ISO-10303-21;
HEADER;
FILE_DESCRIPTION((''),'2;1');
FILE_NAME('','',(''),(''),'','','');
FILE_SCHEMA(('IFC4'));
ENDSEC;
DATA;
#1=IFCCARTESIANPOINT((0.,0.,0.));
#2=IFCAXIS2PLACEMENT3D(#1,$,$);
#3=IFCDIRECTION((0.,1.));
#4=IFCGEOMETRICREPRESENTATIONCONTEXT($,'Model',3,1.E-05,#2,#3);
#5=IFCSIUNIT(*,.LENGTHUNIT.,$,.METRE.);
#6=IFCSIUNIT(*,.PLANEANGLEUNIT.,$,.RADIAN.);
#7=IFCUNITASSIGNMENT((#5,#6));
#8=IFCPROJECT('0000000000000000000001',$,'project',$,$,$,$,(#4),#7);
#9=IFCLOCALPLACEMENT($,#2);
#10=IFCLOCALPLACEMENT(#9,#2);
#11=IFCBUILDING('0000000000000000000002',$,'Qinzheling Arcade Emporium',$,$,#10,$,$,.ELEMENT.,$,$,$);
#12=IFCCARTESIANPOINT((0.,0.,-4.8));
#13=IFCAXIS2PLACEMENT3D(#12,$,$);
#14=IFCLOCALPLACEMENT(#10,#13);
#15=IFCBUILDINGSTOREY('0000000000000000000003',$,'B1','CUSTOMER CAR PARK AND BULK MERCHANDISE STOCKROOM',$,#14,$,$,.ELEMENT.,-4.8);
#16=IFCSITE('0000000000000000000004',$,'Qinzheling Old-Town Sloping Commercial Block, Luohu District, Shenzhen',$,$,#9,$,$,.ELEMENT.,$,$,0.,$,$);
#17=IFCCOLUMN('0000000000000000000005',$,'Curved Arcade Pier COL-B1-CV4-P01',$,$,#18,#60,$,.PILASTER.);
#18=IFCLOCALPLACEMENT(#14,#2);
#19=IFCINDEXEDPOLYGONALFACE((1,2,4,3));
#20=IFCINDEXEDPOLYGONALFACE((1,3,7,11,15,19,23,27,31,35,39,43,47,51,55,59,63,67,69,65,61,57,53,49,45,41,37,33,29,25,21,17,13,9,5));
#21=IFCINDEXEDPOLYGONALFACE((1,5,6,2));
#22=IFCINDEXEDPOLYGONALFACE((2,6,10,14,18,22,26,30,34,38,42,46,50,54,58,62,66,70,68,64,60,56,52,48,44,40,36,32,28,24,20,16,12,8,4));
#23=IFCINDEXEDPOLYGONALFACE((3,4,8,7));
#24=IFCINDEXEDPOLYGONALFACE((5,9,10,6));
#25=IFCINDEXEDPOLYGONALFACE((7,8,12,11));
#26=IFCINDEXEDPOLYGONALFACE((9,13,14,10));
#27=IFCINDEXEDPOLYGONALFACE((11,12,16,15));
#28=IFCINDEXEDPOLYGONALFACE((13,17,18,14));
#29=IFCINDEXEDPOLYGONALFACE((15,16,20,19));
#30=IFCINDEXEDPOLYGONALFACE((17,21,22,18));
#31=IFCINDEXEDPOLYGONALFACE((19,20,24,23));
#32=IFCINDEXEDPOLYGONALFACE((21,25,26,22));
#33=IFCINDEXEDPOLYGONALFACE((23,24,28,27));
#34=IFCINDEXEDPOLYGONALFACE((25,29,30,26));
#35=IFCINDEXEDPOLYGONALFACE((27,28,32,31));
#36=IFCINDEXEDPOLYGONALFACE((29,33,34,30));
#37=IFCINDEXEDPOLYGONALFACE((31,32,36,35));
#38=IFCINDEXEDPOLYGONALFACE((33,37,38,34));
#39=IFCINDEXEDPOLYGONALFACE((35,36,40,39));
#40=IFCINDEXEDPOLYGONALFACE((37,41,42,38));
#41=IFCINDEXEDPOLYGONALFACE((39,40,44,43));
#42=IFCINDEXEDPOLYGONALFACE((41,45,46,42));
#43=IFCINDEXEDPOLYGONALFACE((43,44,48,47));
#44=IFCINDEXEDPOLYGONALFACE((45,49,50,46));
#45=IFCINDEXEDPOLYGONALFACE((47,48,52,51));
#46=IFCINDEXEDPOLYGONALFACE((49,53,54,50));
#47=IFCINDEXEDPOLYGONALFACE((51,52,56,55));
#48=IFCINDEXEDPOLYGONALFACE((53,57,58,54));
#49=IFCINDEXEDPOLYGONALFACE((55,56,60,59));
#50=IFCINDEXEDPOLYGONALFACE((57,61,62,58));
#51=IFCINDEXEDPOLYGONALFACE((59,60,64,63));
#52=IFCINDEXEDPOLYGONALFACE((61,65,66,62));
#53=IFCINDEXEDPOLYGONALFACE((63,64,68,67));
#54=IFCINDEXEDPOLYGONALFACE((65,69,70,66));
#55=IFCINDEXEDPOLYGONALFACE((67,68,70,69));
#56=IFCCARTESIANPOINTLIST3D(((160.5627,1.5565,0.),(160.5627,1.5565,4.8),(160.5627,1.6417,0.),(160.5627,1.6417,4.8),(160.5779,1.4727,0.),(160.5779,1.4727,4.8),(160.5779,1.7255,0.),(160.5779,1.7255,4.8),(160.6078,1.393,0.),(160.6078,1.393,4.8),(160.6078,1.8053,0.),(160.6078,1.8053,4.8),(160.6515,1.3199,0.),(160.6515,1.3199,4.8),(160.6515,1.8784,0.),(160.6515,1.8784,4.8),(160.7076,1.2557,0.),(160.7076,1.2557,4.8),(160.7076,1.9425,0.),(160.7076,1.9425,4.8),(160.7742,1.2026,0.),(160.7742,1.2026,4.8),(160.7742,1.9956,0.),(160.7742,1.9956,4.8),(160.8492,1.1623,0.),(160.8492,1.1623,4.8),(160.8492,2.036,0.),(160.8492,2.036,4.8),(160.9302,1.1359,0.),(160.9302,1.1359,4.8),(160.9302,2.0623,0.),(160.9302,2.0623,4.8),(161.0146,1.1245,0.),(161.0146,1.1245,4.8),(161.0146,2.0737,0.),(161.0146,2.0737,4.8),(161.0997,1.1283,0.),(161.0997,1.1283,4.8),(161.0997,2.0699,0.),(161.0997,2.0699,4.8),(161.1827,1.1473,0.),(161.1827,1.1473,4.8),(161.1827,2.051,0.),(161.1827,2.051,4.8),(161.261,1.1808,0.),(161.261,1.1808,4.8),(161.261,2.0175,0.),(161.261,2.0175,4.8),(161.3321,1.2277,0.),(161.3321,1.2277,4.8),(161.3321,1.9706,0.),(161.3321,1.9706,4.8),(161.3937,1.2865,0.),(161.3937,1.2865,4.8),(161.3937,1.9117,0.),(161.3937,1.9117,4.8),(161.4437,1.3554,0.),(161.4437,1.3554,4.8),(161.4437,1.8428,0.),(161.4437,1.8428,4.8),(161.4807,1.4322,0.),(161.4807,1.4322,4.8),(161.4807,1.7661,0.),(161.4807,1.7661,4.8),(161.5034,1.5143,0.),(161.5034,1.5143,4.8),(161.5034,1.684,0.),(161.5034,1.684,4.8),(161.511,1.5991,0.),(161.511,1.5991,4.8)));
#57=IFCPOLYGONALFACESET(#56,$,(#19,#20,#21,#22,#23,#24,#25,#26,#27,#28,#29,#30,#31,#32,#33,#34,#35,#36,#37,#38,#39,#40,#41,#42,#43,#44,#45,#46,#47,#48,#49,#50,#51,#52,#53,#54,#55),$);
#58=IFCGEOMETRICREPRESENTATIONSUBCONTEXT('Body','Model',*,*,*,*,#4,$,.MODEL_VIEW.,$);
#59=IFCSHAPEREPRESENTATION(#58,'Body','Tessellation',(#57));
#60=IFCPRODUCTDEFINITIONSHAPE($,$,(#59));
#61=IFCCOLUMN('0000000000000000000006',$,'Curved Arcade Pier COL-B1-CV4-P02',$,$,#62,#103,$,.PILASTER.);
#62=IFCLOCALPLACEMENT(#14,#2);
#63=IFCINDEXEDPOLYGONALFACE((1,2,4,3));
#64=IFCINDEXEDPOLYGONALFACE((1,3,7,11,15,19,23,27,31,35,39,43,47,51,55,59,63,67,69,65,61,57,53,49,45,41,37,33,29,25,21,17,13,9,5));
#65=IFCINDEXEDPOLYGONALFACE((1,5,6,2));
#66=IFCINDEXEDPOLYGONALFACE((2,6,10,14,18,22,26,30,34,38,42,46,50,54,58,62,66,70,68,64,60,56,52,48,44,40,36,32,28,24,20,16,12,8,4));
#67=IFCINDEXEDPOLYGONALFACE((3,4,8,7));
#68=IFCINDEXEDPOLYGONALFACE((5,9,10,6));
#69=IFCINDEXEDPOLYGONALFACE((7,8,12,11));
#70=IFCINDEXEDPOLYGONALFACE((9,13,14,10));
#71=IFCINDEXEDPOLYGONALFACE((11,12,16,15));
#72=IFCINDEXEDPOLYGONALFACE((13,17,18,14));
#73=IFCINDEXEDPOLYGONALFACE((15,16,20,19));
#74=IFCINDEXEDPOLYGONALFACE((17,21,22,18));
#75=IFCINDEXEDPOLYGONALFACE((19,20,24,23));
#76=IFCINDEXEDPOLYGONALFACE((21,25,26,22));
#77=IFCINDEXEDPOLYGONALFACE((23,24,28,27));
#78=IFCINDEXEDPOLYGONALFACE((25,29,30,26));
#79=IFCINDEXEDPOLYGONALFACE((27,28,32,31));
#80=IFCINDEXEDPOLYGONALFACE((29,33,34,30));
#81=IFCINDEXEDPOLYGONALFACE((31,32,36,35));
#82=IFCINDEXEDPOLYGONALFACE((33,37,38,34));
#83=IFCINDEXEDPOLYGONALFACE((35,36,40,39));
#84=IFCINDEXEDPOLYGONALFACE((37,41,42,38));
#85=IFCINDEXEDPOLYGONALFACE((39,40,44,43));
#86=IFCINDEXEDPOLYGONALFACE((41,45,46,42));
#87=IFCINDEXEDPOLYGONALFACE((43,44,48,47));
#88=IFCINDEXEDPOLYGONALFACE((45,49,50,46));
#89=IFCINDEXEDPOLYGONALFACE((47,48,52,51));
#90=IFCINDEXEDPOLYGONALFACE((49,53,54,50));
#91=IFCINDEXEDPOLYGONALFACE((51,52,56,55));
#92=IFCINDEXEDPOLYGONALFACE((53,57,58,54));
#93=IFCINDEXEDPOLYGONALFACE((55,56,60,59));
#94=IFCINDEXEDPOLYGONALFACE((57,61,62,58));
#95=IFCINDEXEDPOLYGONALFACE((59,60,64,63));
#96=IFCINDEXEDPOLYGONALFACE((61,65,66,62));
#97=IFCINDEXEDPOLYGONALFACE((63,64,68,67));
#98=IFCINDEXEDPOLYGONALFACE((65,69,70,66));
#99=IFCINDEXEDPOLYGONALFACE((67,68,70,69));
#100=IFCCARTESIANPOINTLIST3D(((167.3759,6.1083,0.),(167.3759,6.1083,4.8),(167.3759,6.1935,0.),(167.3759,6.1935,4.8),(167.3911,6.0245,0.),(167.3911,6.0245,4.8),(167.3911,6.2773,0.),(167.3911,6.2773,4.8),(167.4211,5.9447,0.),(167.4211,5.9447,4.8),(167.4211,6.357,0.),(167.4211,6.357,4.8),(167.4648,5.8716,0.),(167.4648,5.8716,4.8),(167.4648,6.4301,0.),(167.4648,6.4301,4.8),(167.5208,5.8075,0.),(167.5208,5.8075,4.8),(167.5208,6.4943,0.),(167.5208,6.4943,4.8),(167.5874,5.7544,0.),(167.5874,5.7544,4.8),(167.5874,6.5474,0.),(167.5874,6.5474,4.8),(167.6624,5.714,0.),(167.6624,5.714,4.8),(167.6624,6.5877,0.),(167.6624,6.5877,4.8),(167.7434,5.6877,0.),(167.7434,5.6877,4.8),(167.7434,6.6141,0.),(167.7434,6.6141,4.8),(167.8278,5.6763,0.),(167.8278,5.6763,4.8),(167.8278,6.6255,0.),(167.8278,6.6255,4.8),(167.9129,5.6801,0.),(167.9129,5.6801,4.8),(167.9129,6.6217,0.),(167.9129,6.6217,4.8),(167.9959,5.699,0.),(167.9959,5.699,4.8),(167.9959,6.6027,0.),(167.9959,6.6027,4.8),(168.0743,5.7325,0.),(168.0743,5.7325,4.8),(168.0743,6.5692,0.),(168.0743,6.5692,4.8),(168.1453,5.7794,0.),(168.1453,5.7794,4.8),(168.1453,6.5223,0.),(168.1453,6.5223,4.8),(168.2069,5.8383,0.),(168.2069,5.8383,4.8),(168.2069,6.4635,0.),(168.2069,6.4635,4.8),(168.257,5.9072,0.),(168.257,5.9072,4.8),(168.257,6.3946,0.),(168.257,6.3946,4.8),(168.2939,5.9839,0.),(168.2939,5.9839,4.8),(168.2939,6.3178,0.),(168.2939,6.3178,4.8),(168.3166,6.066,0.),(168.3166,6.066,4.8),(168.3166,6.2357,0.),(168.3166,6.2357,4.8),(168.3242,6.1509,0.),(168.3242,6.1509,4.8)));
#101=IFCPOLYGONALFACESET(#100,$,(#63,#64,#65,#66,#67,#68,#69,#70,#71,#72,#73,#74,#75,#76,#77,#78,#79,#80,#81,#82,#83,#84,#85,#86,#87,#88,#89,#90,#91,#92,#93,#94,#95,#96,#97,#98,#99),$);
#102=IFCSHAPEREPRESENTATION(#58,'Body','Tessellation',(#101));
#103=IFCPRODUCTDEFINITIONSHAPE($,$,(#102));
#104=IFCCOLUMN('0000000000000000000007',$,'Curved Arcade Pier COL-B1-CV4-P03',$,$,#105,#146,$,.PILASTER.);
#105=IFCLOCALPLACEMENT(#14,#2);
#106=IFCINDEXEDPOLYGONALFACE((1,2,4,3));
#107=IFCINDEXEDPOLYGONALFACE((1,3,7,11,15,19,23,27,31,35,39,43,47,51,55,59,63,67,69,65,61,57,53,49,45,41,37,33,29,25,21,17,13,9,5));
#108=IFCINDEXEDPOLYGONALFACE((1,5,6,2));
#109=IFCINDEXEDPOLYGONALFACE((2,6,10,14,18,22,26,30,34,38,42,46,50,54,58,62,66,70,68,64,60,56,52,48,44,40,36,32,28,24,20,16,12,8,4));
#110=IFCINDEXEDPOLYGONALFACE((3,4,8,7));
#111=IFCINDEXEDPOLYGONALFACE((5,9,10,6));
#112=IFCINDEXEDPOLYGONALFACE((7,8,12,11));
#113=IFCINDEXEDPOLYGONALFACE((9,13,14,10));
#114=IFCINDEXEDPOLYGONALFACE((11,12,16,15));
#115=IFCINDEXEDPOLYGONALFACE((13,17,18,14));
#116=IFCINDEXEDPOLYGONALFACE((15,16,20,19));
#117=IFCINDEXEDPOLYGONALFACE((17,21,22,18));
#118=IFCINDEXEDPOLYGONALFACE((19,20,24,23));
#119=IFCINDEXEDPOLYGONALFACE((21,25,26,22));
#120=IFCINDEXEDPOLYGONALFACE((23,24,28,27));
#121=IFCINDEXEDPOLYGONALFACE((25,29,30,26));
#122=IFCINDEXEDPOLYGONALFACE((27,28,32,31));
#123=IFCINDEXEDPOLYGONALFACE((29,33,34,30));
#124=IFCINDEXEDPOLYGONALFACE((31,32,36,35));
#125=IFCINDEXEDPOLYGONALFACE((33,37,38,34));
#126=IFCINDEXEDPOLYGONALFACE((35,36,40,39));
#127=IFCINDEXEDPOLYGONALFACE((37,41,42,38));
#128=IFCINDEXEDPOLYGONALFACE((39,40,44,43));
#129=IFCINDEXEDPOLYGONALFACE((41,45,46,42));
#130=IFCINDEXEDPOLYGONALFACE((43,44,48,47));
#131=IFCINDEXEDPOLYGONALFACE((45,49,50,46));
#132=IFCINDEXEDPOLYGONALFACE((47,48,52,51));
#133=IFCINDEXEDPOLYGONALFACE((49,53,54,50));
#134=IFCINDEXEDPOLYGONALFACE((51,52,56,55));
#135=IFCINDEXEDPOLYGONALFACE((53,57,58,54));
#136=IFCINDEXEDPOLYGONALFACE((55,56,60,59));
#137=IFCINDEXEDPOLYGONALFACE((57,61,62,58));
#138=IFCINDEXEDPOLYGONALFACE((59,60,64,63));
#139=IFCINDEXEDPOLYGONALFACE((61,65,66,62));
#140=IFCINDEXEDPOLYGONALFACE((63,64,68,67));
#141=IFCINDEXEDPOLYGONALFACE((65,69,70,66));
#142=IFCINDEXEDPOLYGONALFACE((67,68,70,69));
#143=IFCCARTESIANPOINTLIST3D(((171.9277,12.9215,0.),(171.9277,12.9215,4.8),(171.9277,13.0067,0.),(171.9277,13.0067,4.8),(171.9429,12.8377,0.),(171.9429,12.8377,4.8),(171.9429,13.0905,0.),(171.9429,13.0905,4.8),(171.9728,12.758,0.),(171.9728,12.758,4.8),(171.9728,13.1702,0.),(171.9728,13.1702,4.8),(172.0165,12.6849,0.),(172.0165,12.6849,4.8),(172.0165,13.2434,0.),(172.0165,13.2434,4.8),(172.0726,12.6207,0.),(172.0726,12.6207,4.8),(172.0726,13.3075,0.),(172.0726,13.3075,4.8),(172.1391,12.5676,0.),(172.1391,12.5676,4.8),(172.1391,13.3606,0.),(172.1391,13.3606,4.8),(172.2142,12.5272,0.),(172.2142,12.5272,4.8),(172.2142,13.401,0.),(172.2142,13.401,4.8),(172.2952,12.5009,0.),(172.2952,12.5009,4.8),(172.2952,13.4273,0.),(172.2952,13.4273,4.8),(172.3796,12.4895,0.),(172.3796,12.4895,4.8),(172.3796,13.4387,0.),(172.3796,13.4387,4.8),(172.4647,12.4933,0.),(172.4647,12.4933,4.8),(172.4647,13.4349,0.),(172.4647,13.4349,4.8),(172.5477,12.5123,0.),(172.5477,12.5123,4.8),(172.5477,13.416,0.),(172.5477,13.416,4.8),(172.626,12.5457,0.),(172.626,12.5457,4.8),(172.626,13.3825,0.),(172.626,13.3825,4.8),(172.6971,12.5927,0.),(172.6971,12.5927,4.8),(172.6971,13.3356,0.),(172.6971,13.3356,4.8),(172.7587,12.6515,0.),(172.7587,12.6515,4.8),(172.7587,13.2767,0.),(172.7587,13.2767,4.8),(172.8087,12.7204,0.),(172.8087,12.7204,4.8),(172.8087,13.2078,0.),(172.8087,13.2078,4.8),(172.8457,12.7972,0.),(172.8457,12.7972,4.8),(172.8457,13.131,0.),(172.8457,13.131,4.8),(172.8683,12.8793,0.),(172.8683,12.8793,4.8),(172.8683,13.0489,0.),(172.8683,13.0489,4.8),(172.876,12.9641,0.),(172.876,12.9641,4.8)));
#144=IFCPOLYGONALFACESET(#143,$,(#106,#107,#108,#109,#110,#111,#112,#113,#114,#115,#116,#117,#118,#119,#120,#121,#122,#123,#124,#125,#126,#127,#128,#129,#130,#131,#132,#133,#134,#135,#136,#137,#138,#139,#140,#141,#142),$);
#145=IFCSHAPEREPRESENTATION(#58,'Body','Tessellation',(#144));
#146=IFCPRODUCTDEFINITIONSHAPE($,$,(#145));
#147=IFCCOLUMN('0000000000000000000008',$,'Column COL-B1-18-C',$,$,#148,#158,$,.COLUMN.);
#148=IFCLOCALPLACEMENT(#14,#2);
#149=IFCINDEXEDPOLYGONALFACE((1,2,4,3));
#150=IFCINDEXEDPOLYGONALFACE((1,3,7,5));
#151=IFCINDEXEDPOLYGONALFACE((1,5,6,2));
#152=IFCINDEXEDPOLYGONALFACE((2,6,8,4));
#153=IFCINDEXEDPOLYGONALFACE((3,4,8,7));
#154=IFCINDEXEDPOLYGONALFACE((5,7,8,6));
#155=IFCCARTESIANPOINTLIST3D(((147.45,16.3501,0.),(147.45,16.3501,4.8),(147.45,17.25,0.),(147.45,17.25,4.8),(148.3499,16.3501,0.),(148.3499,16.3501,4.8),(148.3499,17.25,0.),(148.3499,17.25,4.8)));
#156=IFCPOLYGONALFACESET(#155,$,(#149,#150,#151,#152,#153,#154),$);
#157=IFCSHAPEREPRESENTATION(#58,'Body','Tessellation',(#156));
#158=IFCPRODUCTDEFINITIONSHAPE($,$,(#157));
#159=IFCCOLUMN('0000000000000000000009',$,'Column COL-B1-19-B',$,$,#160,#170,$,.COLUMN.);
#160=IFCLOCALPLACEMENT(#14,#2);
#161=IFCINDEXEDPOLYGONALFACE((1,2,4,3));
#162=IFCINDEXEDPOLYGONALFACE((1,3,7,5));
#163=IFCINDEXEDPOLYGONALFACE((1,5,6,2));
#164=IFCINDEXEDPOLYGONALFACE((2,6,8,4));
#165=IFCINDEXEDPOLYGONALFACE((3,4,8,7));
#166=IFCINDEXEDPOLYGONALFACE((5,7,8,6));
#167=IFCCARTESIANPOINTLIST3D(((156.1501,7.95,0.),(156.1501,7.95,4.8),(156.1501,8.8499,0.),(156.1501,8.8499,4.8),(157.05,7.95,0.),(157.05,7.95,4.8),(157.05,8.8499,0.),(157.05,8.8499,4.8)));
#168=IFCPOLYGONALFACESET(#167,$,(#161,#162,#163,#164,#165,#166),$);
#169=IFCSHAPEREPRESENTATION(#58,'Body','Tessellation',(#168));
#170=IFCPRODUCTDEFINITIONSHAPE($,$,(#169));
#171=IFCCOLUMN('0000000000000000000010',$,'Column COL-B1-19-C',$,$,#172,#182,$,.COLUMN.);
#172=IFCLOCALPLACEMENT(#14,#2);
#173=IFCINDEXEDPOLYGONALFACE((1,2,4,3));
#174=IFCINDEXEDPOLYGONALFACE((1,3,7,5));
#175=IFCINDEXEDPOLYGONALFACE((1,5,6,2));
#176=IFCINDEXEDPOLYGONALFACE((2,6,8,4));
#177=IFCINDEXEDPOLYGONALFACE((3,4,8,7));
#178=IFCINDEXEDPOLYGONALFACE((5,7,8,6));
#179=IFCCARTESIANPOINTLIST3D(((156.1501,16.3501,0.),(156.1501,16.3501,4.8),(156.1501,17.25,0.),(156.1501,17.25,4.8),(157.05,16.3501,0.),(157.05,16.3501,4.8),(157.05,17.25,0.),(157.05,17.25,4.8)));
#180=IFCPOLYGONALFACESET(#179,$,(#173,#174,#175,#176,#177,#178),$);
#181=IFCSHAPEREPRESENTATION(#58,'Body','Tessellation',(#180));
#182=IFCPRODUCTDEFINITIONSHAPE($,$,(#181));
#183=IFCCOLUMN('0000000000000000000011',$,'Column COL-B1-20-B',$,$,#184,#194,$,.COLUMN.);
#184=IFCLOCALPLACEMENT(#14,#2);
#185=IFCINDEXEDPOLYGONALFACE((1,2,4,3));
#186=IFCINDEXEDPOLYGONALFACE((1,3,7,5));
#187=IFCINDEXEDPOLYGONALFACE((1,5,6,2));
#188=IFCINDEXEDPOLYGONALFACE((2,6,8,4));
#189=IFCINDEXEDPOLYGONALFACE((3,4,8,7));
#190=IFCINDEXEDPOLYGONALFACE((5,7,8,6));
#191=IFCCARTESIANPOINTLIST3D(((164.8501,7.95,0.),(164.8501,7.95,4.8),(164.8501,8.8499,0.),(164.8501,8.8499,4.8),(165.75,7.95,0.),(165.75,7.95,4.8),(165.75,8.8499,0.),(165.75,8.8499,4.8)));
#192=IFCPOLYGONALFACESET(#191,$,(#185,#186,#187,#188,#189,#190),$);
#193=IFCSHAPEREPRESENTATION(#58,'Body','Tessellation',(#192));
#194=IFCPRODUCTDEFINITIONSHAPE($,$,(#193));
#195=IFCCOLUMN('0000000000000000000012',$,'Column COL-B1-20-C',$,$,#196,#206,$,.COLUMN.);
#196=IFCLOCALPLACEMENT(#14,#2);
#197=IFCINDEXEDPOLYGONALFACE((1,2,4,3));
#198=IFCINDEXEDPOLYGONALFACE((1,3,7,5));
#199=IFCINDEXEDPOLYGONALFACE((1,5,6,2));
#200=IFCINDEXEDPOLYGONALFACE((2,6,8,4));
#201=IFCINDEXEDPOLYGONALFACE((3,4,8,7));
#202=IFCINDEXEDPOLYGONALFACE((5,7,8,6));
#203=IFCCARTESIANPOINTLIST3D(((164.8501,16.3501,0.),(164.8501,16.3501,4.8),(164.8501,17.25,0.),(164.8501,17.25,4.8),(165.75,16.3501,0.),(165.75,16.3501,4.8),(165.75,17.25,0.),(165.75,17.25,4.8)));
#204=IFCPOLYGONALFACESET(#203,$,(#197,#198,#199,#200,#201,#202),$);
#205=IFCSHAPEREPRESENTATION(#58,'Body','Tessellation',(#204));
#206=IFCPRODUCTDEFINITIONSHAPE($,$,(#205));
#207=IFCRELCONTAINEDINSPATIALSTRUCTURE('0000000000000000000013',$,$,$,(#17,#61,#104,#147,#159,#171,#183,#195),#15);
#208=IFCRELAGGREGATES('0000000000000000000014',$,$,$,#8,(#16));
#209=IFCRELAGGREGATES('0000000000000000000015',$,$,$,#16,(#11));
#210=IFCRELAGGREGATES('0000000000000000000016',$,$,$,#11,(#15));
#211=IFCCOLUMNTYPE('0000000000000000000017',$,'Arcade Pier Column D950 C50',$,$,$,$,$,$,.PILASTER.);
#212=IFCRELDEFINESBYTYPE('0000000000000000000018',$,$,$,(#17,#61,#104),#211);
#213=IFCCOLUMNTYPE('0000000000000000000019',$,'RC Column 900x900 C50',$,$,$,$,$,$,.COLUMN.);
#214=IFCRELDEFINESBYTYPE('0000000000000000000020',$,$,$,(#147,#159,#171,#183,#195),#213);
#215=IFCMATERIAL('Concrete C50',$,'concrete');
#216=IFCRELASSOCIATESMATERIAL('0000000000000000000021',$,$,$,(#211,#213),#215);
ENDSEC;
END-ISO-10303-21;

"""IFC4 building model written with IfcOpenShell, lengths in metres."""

from ifc_helpers import new_model, si_unit, direction, frame, origin, origin_2d, place, context, subcontext, project, spatial, rectangle, circle, extrude, material, material_profile, profile_set, type_object, element, save


model = new_model("IFC4")

# Units and contexts
model_context = context("Model", 3, precision=1e-05, world=origin(), true_north=direction((0.0, 1.0)))
body_context = subcontext(model_context, "Body", "Model", "MODEL_VIEW")
ifc_project = project(units=[si_unit("LENGTHUNIT", "METRE"), si_unit("PLANEANGLEUNIT", "RADIAN")], contexts=[model_context])

# Site, building, storey
site_placement = place(None, origin())
site = spatial("IfcSite", under=ifc_project, at=site_placement, Name="Qinzheling Old-Town Sloping Commercial Block, Luohu District, Shenzhen", CompositionType="ELEMENT", RefElevation=0.0)
building_placement = place(site_placement, origin())
building = spatial("IfcBuilding", under=site, at=building_placement, Name="Qinzheling Arcade Emporium", CompositionType="ELEMENT")
storey_placement = place(building_placement, frame((0.0, 0.0, -4.8)))
storey = spatial("IfcBuildingStorey", under=building, at=storey_placement, Name="B1", Description="CUSTOMER CAR PARK AND BULK MERCHANDISE STOCKROOM", CompositionType="ELEMENT", Elevation=-4.8)

# Columns
ifc_material_1 = material(Name="Concrete C50", Category="concrete")
ifc_material_profile_1 = material_profile(ifc_material_1, circle(Radius=0.4751, at=origin_2d()), Name="RC D950", Category="concrete")
ifc_profile_set_1 = profile_set([ifc_material_profile_1], Name="Concrete C50")
column_type_1 = type_object("IfcColumnType", Name="Arcade Pier Column D950 C50", PredefinedType="PILASTER", material=ifc_profile_set_1)
for number, where, z_axis, x_axis, name in (
    (1, (161.0359, 1.5991, 0.0), (0.0, 0.0, 1.0), (1.0, 0.0, 0.0), "Curved Arcade Pier COL-B1-CV4-P01"),
    (2, (167.8491, 6.1509, 0.0), (0.0, 0.0, 1.0), (1.0, 0.0, 0.0), "Curved Arcade Pier COL-B1-CV4-P02"),
    (3, (172.4009, 12.9641, 0.0), (0.0, 0.0, 1.0), (1.0, 0.0, 0.0), "Curved Arcade Pier COL-B1-CV4-P03"),
):
    element("IfcColumn", number, at=place(storey_placement, frame(where, z_axis=z_axis, x_axis=x_axis)), inside=storey, type_object=column_type_1, Name=name, PredefinedType="PILASTER", context=body_context, shape_type="SweptSolid", body=[
        extrude(circle(Radius=0.4751, at=origin_2d()), origin(), (0.0, 0.0, 1.0), 4.8),
    ])
ifc_material_profile_2 = material_profile(ifc_material_1, rectangle(XDim=0.8999, YDim=0.8999, at=origin_2d()), Name="RC 900x900", Category="concrete")
ifc_profile_set_2 = profile_set([ifc_material_profile_2], Name="Concrete C50")
column_type_2 = type_object("IfcColumnType", Name="RC Column 900x900 C50", PredefinedType="COLUMN", material=ifc_profile_set_2)
for number, where, z_axis, x_axis, name in (
    (4, (147.8999, 16.8, 0.0), (0.0, 0.0, 1.0), (1.0, 0.0, 0.0), "Column COL-B1-18-C"),
    (5, (156.6001, 8.3999, 0.0), (0.0, 0.0, 1.0), (1.0, 0.0, 0.0), "Column COL-B1-19-B"),
    (6, (156.6001, 16.8, 0.0), (0.0, 0.0, 1.0), (1.0, 0.0, 0.0), "Column COL-B1-19-C"),
    (7, (165.3, 8.3999, 0.0), (0.0, 0.0, 1.0), (1.0, 0.0, 0.0), "Column COL-B1-20-B"),
    (8, (165.3, 16.8, 0.0), (0.0, 0.0, 1.0), (1.0, 0.0, 0.0), "Column COL-B1-20-C"),
):
    element("IfcColumn", number, at=place(storey_placement, frame(where, z_axis=z_axis, x_axis=x_axis)), inside=storey, type_object=column_type_2, Name=name, PredefinedType="COLUMN", context=body_context, shape_type="SweptSolid", body=[
        extrude(rectangle(XDim=0.8999, YDim=0.8999, at=origin_2d()), origin(), (0.0, 0.0, 1.0), 4.8),
    ])

save(model, "model.ifc")
